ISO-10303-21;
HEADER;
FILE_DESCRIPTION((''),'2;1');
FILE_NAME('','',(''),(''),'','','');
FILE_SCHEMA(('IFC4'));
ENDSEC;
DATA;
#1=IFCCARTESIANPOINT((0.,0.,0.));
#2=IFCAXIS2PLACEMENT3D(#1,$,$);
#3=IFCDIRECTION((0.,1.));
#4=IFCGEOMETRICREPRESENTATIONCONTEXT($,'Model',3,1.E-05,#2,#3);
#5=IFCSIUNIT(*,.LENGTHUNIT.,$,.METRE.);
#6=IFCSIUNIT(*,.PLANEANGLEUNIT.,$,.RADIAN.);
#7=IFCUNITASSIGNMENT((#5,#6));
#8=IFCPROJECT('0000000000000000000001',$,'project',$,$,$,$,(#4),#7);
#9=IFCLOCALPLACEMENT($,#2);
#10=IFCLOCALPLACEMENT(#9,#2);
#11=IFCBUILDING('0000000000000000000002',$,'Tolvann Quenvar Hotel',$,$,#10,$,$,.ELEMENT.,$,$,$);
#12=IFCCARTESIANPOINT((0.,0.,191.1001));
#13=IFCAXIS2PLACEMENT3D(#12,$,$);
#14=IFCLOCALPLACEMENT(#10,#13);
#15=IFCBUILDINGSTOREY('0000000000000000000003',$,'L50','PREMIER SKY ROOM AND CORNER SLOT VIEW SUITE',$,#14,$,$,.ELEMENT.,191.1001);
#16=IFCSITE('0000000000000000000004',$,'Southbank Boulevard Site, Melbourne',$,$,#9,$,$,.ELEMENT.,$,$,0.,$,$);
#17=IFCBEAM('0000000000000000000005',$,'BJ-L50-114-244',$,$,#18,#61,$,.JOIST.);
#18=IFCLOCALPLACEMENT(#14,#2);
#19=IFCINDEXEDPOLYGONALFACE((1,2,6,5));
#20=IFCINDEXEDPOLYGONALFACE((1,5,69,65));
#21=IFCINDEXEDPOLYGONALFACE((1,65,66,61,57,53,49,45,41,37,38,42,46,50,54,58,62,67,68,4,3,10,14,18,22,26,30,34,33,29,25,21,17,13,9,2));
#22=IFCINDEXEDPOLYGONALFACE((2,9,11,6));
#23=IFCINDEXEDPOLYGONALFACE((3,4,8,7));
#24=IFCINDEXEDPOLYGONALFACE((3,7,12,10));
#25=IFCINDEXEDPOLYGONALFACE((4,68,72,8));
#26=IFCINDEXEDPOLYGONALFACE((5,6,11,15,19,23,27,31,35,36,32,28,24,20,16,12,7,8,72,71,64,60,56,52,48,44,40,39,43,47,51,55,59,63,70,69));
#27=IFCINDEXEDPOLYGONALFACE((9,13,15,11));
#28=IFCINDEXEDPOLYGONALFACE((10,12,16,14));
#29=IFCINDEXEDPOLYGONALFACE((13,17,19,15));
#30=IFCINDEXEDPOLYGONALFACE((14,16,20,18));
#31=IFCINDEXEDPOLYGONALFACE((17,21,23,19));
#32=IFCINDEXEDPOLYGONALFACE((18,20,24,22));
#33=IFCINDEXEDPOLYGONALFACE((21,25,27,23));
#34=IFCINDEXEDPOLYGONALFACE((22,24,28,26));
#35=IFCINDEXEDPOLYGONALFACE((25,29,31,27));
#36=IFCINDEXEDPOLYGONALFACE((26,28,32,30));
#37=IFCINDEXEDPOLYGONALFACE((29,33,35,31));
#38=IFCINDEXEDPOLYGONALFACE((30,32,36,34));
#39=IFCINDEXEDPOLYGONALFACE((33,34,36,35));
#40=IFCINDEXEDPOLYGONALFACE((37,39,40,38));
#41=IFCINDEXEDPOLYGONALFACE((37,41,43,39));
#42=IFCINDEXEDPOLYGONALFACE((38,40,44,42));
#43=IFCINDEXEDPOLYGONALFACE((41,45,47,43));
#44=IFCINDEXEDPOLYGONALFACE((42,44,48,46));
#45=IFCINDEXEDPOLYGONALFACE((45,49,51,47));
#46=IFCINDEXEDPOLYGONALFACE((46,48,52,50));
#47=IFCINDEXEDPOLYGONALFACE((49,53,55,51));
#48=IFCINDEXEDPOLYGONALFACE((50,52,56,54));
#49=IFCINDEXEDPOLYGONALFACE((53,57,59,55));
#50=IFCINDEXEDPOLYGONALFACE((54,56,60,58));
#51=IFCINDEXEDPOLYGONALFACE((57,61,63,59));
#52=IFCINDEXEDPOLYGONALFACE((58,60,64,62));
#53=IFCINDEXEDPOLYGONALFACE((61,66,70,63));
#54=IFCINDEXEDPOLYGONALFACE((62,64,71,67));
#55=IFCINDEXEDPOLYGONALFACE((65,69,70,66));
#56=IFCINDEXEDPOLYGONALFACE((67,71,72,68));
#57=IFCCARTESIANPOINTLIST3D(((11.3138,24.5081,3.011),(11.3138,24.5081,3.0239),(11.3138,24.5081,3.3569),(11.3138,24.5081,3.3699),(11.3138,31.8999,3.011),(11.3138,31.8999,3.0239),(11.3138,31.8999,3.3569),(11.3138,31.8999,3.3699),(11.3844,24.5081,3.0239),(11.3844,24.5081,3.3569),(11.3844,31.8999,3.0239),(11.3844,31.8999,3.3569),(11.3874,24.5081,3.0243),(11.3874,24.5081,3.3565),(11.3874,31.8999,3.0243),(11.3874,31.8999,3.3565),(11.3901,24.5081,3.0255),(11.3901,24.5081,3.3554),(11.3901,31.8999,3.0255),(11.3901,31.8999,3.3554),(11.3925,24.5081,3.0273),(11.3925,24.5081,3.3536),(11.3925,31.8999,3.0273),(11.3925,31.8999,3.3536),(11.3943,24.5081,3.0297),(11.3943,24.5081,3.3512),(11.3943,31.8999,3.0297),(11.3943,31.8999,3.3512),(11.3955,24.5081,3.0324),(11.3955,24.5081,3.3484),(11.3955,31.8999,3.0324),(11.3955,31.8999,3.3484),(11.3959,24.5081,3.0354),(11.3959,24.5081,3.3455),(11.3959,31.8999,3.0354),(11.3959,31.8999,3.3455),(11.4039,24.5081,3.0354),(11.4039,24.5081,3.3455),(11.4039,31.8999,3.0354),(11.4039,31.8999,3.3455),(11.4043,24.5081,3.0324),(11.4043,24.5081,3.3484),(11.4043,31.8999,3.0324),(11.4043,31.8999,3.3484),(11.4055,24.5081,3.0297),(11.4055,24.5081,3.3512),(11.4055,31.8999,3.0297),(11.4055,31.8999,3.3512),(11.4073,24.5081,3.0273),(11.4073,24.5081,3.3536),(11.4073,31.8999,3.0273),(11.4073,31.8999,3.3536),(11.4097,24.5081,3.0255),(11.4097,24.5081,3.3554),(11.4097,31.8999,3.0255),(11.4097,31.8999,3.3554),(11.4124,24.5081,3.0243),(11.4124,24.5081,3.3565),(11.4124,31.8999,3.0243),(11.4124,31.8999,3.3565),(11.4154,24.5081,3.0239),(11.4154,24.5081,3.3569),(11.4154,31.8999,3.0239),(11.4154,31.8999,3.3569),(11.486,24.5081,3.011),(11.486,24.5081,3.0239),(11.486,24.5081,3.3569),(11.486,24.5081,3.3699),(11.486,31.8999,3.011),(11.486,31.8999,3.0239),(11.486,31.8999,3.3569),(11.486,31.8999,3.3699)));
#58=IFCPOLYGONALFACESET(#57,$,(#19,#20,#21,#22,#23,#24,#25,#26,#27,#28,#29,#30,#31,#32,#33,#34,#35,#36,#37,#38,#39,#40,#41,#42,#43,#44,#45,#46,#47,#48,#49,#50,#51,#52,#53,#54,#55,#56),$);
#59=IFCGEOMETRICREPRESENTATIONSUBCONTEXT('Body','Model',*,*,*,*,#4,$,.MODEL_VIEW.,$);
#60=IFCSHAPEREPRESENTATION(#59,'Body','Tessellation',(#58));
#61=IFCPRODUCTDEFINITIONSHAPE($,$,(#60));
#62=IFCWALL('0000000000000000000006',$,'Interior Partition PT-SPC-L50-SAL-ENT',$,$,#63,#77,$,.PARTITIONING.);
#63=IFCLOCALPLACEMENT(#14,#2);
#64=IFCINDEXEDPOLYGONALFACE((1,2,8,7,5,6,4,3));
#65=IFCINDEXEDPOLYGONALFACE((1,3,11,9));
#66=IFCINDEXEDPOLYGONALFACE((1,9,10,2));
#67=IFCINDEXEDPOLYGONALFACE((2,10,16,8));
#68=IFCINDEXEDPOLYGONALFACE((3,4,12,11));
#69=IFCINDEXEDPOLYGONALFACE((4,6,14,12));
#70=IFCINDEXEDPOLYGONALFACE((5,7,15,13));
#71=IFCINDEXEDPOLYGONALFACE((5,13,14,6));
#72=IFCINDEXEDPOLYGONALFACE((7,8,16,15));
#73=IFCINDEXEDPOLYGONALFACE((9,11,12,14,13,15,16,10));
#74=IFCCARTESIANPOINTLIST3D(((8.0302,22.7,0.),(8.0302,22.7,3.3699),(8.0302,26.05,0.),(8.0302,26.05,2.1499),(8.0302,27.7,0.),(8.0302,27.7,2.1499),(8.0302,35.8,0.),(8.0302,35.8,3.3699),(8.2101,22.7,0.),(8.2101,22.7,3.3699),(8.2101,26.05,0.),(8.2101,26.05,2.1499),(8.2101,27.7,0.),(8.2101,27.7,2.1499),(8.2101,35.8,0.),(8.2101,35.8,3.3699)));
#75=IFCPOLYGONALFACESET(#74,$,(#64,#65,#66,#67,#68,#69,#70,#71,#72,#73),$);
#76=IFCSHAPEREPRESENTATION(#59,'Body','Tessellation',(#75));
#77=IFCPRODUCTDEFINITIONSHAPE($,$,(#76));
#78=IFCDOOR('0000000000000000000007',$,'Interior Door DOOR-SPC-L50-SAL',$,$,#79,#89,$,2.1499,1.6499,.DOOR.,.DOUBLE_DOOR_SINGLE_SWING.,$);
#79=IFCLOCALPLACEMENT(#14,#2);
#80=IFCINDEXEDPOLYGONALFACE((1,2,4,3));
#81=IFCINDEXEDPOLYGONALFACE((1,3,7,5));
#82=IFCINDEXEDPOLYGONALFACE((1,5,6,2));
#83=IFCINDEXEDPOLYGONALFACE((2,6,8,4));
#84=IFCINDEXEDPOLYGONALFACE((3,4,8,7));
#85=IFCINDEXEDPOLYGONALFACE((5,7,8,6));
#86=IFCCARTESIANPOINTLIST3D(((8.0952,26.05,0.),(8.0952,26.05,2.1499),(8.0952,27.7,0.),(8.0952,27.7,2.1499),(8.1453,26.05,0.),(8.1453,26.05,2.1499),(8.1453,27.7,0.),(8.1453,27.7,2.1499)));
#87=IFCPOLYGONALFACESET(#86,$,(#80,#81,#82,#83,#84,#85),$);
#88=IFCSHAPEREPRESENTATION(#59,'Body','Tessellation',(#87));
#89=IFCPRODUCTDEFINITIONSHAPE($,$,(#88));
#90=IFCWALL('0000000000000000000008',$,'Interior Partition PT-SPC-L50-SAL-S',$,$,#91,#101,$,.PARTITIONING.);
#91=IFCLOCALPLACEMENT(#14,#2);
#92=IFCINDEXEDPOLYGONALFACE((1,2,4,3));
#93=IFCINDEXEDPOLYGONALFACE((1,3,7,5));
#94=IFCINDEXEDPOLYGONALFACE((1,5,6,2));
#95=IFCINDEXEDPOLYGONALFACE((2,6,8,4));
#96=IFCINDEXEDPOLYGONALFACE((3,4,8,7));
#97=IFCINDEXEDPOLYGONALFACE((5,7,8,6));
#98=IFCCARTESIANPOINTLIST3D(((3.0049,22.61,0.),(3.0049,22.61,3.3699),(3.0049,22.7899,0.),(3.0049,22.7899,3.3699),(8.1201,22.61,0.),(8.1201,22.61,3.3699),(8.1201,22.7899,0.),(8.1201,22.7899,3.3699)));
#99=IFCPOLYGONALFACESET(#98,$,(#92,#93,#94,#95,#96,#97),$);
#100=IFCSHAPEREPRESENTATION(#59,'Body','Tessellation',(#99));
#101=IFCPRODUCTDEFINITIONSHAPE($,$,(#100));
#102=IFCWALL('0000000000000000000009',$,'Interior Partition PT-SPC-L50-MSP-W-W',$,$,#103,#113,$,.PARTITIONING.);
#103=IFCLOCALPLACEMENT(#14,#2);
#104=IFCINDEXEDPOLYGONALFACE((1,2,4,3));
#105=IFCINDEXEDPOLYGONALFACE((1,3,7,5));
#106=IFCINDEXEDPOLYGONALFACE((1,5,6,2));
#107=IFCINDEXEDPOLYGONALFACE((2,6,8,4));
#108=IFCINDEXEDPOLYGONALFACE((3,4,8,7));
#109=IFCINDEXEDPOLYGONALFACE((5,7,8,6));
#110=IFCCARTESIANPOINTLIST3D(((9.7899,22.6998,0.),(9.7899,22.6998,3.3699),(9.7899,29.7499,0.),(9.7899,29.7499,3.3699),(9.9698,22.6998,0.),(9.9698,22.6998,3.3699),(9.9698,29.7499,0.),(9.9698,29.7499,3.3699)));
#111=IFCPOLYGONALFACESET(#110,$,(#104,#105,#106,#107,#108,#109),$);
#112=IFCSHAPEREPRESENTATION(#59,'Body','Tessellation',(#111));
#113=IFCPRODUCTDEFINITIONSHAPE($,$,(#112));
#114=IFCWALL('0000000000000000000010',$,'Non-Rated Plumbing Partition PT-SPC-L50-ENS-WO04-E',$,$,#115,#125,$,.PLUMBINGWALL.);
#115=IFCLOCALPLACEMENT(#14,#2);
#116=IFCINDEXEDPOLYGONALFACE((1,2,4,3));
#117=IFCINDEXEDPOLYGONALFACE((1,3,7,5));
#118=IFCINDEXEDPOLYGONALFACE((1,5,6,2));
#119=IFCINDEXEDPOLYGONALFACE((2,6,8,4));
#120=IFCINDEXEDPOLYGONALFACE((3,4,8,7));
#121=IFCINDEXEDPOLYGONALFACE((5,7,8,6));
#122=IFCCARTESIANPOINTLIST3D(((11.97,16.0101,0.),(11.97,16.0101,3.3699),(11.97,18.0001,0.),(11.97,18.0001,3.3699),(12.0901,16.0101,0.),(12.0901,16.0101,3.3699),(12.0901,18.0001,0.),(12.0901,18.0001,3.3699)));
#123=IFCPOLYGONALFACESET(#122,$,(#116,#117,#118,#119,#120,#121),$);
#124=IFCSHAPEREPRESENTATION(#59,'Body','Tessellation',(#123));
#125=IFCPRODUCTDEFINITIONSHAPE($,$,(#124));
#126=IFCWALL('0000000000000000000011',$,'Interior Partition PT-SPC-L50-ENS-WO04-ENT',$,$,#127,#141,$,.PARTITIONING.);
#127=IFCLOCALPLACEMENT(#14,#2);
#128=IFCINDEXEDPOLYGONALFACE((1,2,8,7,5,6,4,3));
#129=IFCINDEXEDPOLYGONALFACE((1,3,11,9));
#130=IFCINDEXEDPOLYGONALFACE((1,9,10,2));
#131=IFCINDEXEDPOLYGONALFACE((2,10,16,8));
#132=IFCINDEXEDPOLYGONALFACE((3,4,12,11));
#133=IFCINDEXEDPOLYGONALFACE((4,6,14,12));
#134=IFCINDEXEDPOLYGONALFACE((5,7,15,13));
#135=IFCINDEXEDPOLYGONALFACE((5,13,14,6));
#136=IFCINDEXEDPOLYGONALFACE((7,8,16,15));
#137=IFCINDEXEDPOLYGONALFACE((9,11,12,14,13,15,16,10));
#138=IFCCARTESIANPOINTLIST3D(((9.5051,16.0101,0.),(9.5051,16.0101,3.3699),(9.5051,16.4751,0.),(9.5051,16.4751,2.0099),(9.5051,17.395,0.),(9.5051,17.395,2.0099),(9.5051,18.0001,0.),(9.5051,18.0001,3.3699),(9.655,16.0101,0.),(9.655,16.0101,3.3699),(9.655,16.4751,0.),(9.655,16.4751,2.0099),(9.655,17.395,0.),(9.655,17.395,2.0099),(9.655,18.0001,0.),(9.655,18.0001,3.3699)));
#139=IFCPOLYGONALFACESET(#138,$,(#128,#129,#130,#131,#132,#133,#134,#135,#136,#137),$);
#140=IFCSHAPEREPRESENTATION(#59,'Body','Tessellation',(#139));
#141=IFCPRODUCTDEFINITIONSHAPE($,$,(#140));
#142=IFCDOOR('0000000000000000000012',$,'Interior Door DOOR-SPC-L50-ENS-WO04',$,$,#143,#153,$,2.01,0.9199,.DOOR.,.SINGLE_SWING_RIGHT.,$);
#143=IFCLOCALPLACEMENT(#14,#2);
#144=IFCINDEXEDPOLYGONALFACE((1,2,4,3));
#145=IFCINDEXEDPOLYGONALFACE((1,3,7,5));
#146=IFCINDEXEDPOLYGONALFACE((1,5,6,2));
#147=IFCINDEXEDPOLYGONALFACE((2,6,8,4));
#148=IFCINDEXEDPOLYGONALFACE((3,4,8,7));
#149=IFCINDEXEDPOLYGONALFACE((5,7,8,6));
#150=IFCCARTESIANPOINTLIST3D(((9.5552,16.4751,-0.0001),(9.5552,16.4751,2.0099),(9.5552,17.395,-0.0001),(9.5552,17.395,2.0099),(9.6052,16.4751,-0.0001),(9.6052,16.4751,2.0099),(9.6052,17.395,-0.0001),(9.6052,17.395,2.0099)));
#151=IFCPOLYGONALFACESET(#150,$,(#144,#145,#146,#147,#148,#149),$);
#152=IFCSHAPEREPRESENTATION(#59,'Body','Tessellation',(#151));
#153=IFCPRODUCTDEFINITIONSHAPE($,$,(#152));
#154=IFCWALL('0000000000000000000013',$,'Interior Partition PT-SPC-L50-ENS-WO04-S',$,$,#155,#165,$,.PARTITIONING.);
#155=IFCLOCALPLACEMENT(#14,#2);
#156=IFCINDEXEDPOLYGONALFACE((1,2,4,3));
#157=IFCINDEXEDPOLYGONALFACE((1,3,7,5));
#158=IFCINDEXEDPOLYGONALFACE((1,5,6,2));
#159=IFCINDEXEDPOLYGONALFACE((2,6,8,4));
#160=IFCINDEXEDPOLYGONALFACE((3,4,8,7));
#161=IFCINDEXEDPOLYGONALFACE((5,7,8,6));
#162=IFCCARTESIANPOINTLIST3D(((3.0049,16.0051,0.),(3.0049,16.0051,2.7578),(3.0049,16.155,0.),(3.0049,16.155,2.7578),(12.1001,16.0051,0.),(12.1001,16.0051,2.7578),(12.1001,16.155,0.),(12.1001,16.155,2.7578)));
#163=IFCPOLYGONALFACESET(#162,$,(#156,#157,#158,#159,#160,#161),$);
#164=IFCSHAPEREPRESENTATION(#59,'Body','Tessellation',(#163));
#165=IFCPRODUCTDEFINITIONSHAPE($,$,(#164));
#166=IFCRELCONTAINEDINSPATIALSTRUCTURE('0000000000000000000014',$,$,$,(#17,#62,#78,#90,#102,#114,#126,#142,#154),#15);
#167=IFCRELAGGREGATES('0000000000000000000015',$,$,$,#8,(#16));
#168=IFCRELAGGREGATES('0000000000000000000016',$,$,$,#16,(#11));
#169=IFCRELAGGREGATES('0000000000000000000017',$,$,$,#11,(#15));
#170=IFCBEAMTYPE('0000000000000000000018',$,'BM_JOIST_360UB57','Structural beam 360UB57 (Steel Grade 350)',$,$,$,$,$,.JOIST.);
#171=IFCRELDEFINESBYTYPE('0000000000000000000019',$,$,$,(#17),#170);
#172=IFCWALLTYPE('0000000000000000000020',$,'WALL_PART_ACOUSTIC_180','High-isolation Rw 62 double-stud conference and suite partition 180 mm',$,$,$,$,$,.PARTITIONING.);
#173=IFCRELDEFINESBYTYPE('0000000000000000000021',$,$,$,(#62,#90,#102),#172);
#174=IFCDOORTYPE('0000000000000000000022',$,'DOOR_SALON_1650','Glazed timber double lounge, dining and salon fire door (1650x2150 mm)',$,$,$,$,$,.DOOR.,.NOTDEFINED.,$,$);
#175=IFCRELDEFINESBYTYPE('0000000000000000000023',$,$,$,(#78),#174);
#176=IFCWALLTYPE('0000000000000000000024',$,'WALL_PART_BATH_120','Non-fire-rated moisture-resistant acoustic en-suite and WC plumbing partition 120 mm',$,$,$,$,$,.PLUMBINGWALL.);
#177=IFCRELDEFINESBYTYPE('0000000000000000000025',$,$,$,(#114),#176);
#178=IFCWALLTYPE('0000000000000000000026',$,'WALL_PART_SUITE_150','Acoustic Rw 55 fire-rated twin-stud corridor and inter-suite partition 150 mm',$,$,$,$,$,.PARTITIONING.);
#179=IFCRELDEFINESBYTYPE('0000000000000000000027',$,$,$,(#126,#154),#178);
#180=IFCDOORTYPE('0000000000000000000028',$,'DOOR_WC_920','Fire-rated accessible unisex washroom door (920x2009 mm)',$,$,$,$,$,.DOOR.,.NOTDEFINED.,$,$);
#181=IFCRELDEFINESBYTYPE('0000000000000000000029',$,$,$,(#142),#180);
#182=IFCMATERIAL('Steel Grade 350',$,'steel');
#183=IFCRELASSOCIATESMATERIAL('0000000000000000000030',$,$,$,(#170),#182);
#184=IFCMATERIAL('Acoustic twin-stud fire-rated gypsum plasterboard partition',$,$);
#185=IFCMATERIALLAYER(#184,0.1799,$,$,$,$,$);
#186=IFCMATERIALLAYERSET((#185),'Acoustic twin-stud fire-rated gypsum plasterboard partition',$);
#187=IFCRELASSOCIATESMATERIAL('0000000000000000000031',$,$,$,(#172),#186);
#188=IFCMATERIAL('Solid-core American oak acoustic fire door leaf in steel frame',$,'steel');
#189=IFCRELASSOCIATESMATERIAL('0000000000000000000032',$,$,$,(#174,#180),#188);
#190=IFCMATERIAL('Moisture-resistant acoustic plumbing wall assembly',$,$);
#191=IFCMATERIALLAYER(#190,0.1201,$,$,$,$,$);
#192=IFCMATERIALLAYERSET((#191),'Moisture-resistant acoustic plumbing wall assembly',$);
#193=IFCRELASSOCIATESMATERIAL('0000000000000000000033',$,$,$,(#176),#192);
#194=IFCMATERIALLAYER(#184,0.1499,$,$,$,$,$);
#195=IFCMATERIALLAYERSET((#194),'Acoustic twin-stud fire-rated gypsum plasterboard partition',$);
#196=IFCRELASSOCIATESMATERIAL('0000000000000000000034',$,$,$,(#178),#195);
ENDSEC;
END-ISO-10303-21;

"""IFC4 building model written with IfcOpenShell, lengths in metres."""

from ifc_helpers import new_model, si_unit, direction, frame, frame_2d, origin, origin_2d, place, context, subcontext, project, spatial, rectangle, i_section, extrude, source, transform, mapped, material, layer, layer_set, material_profile, profile_set, type_object, type_shapes, element, fill, save


model = new_model("IFC4")

# Units and contexts
model_context = context("Model", 3, precision=1e-05, world=origin(), true_north=direction((0.0, 1.0)))
body_context = subcontext(model_context, "Body", "Model", "MODEL_VIEW")
ifc_project = project(units=[si_unit("LENGTHUNIT", "METRE"), si_unit("PLANEANGLEUNIT", "RADIAN")], contexts=[model_context])

# Site, building, storey
site_placement = place(None, origin())
site = spatial("IfcSite", under=ifc_project, at=site_placement, Name="Southbank Boulevard Site, Melbourne", CompositionType="ELEMENT", RefElevation=0.0)
building_placement = place(site_placement, origin())
building = spatial("IfcBuilding", under=site, at=building_placement, Name="Tolvann Quenvar Hotel", CompositionType="ELEMENT")
storey_placement = place(building_placement, frame((0.0, 0.0, 191.1001)))
storey = spatial("IfcBuildingStorey", under=building, at=storey_placement, Name="L50", Description="PREMIER SKY ROOM AND CORNER SLOT VIEW SUITE", CompositionType="ELEMENT", Elevation=191.1001)

# Shared definitions
ifc_material_1 = material(Name="Steel Grade 350", Category="steel")

# Beam
ifc_material_profile_1 = material_profile(ifc_material_1, i_section(OverallWidth=0.1721, OverallDepth=0.3589, WebThickness=0.0081, FlangeThickness=0.0129, FilletRadius=0.0115, at=origin_2d()), Name="360UB57")
ifc_profile_set_1 = profile_set([ifc_material_profile_1], Name="Steel Grade 350")
beam_type_1 = type_object("IfcBeamType", Name="BM_JOIST_360UB57", Description="Structural beam 360UB57 (Steel Grade 350)", PredefinedType="JOIST", material=ifc_profile_set_1)
shared_shape_1 = source(origin(), body_context, "Body", "SweptSolid", [
    extrude(i_section(OverallWidth=0.1721, OverallDepth=0.3589, WebThickness=0.0081, FlangeThickness=0.0129, FilletRadius=0.0115, at=origin_2d()), origin(), (0.0, 0.0, 1.0), 7.3918),
])
beam_1_placement = place(storey_placement, frame((11.3999, 24.5081, 3.1904), z_axis=(0.0, 1.0, 0.0), x_axis=(-1.0, 0.0, 0.0)))
element("IfcBeam", 1, at=beam_1_placement, inside=storey, type_object=beam_type_1, Name="BJ-L50-114-244", PredefinedType="JOIST", context=body_context, shape_type="MappedRepresentation", body=[
    mapped(shared_shape_1, transform((0.0, 0.0, 0.0), x_axis=(1.0, 0.0, 0.0), y_axis=(0.0, 1.0, 0.0), z_axis=(0.0, 0.0, 1.0), scale=1.0)),
])

# Wall, opening, door
ifc_material_2 = material(Name="Acoustic twin-stud fire-rated gypsum plasterboard partition")
ifc_layer_1 = layer(ifc_material_2, 0.1799)
ifc_layer_set_1 = layer_set([ifc_layer_1], Name="Acoustic twin-stud fire-rated gypsum plasterboard partition")
wall_type_1 = type_object("IfcWallType", Name="WALL_PART_ACOUSTIC_180", Description="High-isolation Rw 62 double-stud conference and suite partition 180 mm", PredefinedType="PARTITIONING", material=ifc_layer_set_1)
wall_1_placement = place(storey_placement, frame((8.1201, 22.7, 0.0), z_axis=(0.0, 0.0, 1.0), x_axis=(0.0, 1.0, 0.0)))
wall_1 = element("IfcWall", 2, at=wall_1_placement, inside=storey, type_object=wall_type_1, Name="Interior Partition PT-SPC-L50-SAL-ENT", PredefinedType="PARTITIONING", context=body_context, shape_type="SweptSolid", body=[
    extrude(rectangle(XDim=13.1001, YDim=0.1799, at=frame_2d((6.55, 0.0))), origin(), (0.0, 0.0, 1.0), 3.3699),
])
opening_1_placement = place(wall_1_placement, frame((3.3501, 0.0, 0.0)))
opening_1 = element("IfcOpeningElement", 3, at=opening_1_placement, cuts=wall_1, PredefinedType="OPENING", context=body_context, shape_type="SweptSolid", body=[
    extrude(rectangle(XDim=1.6499, YDim=2.1499, at=frame_2d((0.825, 1.075))), frame((0.0, 0.1001, 0.0), z_axis=(0.0, -1.0, 0.0), x_axis=(1.0, 0.0, 0.0)), (0.0, 0.0, 1.0), 0.2),
])
ifc_material_3 = material(Name="Solid-core American oak acoustic fire door leaf in steel frame", Category="steel")
door_type_1 = type_object("IfcDoorType", Name="DOOR_SALON_1650", Description="Glazed timber double lounge, dining and salon fire door (1650x2150 mm)", OperationType="NOTDEFINED", PredefinedType="DOOR", material=ifc_material_3)
shared_shape_2 = source(origin(), body_context, "Body", "SweptSolid", [
    extrude(rectangle(XDim=1.6499, YDim=2.1499, at=frame_2d((0.825, 1.075))), frame((0.0, 0.0249, 0.0), z_axis=(0.0, -1.0, 0.0), x_axis=(1.0, 0.0, 0.0)), (0.0, 0.0, 1.0), 0.05),
])
type_shapes(door_type_1, [shared_shape_2])
door_1_placement = place(opening_1_placement, origin())
door_1 = element("IfcDoor", 4, at=door_1_placement, inside=storey, type_object=door_type_1, Name="Interior Door DOOR-SPC-L50-SAL", OperationType="DOUBLE_DOOR_SINGLE_SWING", OverallHeight=2.1499, OverallWidth=1.6499, PredefinedType="DOOR", context=body_context, shape_type="MappedRepresentation", body=[
    mapped(shared_shape_2, transform((0.0, 0.0, 0.0), x_axis=(1.0, 0.0, 0.0), y_axis=(0.0, 1.0, 0.0), z_axis=(0.0, 0.0, 1.0), scale=1.0)),
])
fill(opening_1, door_1)

# Wall
wall_2_placement = place(storey_placement, frame((3.0049, 22.7, 0.0), z_axis=(0.0, 0.0, 1.0), x_axis=(1.0, 0.0, 0.0)))
element("IfcWall", 5, at=wall_2_placement, inside=storey, type_object=wall_type_1, Name="Interior Partition PT-SPC-L50-SAL-S", PredefinedType="PARTITIONING", context=body_context, shape_type="SweptSolid", body=[
    extrude(rectangle(XDim=5.1152, YDim=0.1799, at=frame_2d((2.5576, 0.0))), origin(), (0.0, 0.0, 1.0), 3.3699),
])

# Walls
wall_3_placement = place(storey_placement, frame((9.8799, 22.7, 0.0), z_axis=(0.0, 0.0, 1.0), x_axis=(0.0, 1.0, 0.0)))
element("IfcWall", 6, at=wall_3_placement, inside=storey, type_object=wall_type_1, Name="Interior Partition PT-SPC-L50-MSP-W-W", PredefinedType="PARTITIONING", context=body_context, shape_type="SweptSolid", body=[
    extrude(rectangle(XDim=7.05, YDim=0.1799, at=frame_2d((3.5249, 0.0))), origin(), (0.0, 0.0, 1.0), 3.3699),
])
ifc_material_4 = material(Name="Moisture-resistant acoustic plumbing wall assembly")
ifc_layer_2 = layer(ifc_material_4, 0.1201)
ifc_layer_set_2 = layer_set([ifc_layer_2], Name="Moisture-resistant acoustic plumbing wall assembly")
wall_type_2 = type_object("IfcWallType", Name="WALL_PART_BATH_120", Description="Non-fire-rated moisture-resistant acoustic en-suite and WC plumbing partition 120 mm", PredefinedType="PLUMBINGWALL", material=ifc_layer_set_2)
wall_4_placement = place(storey_placement, frame((12.03, 16.01, 0.0), z_axis=(0.0, 0.0, 1.0), x_axis=(0.0, 1.0, 0.0)))
element("IfcWall", 7, at=wall_4_placement, inside=storey, type_object=wall_type_2, Name="Non-Rated Plumbing Partition PT-SPC-L50-ENS-WO04-E", PredefinedType="PLUMBINGWALL", context=body_context, shape_type="SweptSolid", body=[
    extrude(rectangle(XDim=1.99, YDim=0.1201, at=frame_2d((0.9951, 0.0))), origin(), (0.0, 0.0, 1.0), 3.3699),
])

# Wall, opening, door
ifc_layer_3 = layer(ifc_material_2, 0.1499)
ifc_layer_set_3 = layer_set([ifc_layer_3], Name="Acoustic twin-stud fire-rated gypsum plasterboard partition")
wall_type_3 = type_object("IfcWallType", Name="WALL_PART_SUITE_150", Description="Acoustic Rw 55 fire-rated twin-stud corridor and inter-suite partition 150 mm", PredefinedType="PARTITIONING", material=ifc_layer_set_3)
wall_5_placement = place(storey_placement, frame((9.5801, 16.01, 0.0), z_axis=(0.0, 0.0, 1.0), x_axis=(0.0, 1.0, 0.0)))
wall_5 = element("IfcWall", 8, at=wall_5_placement, inside=storey, type_object=wall_type_3, Name="Interior Partition PT-SPC-L50-ENS-WO04-ENT", PredefinedType="PARTITIONING", context=body_context, shape_type="SweptSolid", body=[
    extrude(rectangle(XDim=1.99, YDim=0.1499, at=frame_2d((0.9951, 0.0))), origin(), (0.0, 0.0, 1.0), 3.3699),
])
opening_2_placement = place(wall_5_placement, frame((0.4651, 0.0, 0.0)))
opening_2 = element("IfcOpeningElement", 9, at=opening_2_placement, cuts=wall_5, PredefinedType="OPENING", context=body_context, shape_type="SweptSolid", body=[
    extrude(rectangle(XDim=0.9199, YDim=2.01, at=frame_2d((0.46, 1.0049))), frame((0.0, 0.085, 0.0), z_axis=(0.0, -1.0, 0.0), x_axis=(1.0, 0.0, 0.0)), (0.0, 0.0, 1.0), 0.1699),
])
door_type_2 = type_object("IfcDoorType", Name="DOOR_WC_920", Description="Fire-rated accessible unisex washroom door (920x2009 mm)", OperationType="NOTDEFINED", PredefinedType="DOOR", material=ifc_material_3)
shared_shape_3 = source(origin(), body_context, "Body", "SweptSolid", [
    extrude(rectangle(XDim=0.9199, YDim=2.01, at=frame_2d((0.46, 1.0049))), frame((0.0, 0.0249, 0.0), z_axis=(0.0, -1.0, 0.0), x_axis=(1.0, 0.0, 0.0)), (0.0, 0.0, 1.0), 0.05),
])
type_shapes(door_type_2, [shared_shape_3])
door_2_placement = place(opening_2_placement, origin())
door_2 = element("IfcDoor", 10, at=door_2_placement, inside=storey, type_object=door_type_2, Name="Interior Door DOOR-SPC-L50-ENS-WO04", OperationType="SINGLE_SWING_RIGHT", OverallHeight=2.01, OverallWidth=0.9199, PredefinedType="DOOR", context=body_context, shape_type="MappedRepresentation", body=[
    mapped(shared_shape_3, transform((0.0, 0.0, 0.0), x_axis=(1.0, 0.0, 0.0), y_axis=(0.0, 1.0, 0.0), z_axis=(0.0, 0.0, 1.0), scale=1.0)),
])
fill(opening_2, door_2)

# Wall
wall_6_placement = place(storey_placement, frame((3.0049, 16.0801, 0.0), z_axis=(0.0, 0.0, 1.0), x_axis=(1.0, 0.0, 0.0)))
element("IfcWall", 11, at=wall_6_placement, inside=storey, type_object=wall_type_3, Name="Interior Partition PT-SPC-L50-ENS-WO04-S", PredefinedType="PARTITIONING", context=body_context, shape_type="SweptSolid", body=[
    extrude(rectangle(XDim=9.0952, YDim=0.1499, at=frame_2d((4.5476, 0.0))), origin(), (0.0, 0.0, 1.0), 2.7578),
])

save(model, "model.ifc")
